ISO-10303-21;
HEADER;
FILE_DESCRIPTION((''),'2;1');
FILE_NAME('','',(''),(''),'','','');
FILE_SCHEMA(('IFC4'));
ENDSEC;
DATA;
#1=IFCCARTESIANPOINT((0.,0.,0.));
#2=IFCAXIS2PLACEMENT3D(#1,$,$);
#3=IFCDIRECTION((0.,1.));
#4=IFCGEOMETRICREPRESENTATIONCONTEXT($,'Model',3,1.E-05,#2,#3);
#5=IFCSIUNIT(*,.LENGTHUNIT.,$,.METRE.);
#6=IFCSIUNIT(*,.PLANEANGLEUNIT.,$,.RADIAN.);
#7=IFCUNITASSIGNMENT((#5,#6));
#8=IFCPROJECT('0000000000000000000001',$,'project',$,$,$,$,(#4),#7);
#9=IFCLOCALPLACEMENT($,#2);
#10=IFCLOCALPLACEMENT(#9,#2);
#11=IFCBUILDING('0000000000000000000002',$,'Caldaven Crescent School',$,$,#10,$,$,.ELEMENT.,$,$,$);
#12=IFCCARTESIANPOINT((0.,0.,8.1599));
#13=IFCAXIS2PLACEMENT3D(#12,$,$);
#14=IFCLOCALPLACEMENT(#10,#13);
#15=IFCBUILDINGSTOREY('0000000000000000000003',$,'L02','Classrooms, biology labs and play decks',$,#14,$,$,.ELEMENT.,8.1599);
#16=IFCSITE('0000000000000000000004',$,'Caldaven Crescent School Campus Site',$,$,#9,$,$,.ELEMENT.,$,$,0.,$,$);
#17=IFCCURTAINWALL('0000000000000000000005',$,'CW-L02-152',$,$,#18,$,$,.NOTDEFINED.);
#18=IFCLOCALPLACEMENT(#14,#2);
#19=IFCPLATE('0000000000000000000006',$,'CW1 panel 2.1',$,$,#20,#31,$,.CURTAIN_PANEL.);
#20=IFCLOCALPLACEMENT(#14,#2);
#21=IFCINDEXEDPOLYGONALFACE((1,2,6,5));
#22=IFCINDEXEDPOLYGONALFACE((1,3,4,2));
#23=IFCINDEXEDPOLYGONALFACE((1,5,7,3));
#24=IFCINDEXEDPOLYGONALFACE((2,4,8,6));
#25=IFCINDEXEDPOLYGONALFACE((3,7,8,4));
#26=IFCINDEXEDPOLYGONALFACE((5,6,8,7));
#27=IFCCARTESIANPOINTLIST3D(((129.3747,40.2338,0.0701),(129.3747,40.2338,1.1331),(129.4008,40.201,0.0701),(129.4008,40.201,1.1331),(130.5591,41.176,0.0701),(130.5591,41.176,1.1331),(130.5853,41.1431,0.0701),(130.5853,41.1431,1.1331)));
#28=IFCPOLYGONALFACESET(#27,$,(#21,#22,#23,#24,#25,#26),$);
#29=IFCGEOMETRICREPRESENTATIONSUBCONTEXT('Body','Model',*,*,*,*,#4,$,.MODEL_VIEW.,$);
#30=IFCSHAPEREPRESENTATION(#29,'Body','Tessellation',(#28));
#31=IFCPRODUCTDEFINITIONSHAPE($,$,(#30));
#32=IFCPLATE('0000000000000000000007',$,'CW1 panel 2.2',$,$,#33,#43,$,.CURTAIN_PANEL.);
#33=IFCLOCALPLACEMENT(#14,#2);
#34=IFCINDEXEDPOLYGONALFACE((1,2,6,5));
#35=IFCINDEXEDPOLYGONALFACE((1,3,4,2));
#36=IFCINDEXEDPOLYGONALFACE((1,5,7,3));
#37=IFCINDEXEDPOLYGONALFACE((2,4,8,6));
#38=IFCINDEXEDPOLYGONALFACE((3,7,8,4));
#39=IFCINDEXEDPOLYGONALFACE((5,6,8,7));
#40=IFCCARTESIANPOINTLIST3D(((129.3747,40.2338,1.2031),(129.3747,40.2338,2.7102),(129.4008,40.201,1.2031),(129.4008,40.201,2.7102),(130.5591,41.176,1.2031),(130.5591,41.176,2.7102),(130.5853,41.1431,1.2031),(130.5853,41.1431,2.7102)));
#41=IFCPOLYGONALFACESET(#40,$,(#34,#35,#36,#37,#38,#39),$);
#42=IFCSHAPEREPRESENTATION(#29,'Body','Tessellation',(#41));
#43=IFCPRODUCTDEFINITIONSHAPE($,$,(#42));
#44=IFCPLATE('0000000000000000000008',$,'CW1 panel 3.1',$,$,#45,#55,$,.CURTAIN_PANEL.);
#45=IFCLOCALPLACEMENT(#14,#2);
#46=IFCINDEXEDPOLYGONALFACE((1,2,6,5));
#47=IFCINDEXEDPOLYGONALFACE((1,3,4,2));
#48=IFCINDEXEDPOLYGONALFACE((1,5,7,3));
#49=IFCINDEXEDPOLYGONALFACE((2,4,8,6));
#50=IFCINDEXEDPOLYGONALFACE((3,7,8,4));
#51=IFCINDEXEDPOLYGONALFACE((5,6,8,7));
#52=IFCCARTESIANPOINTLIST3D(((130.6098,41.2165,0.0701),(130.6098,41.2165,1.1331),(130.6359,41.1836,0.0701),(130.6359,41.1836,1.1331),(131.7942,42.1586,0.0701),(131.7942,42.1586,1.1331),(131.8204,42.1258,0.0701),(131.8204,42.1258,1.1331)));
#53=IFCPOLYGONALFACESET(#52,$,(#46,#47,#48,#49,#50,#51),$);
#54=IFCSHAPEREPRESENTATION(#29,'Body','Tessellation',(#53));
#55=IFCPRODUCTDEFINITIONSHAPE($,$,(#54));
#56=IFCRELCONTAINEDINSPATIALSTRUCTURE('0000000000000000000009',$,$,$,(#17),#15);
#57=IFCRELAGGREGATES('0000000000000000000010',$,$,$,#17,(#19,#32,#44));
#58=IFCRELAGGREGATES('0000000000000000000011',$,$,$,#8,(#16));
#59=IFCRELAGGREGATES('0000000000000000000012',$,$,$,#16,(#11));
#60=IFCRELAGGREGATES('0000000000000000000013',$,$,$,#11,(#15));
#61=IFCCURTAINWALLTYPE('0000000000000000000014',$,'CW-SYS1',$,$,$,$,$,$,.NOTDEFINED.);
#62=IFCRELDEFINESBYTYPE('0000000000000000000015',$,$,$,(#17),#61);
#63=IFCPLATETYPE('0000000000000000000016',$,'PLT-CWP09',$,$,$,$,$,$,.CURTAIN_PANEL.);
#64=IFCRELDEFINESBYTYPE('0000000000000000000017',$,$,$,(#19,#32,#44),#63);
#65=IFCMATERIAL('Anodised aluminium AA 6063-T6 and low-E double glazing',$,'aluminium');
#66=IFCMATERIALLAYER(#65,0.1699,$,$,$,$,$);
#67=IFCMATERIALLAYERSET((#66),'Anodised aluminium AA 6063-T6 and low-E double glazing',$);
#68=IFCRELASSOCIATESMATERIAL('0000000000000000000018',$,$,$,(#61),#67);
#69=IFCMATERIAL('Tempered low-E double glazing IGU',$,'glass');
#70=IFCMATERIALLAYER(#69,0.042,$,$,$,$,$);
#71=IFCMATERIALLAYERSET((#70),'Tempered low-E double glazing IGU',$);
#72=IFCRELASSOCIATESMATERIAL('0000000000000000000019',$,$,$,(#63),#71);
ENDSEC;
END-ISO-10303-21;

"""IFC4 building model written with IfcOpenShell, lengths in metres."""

from ifc_helpers import new_model, si_unit, direction, frame, origin, origin_2d, place, context, subcontext, project, spatial, rectangle, extrude, material, layer, layer_set, type_object, element, aggregate, save


model = new_model("IFC4")

# Units and contexts
model_context = context("Model", 3, precision=1e-05, world=origin(), true_north=direction((0.0, 1.0)))
body_context = subcontext(model_context, "Body", "Model", "MODEL_VIEW")
ifc_project = project(units=[si_unit("LENGTHUNIT", "METRE"), si_unit("PLANEANGLEUNIT", "RADIAN")], contexts=[model_context])

# Site, building, storey
site_placement = place(None, origin())
site = spatial("IfcSite", under=ifc_project, at=site_placement, Name="Caldaven Crescent School Campus Site", CompositionType="ELEMENT", RefElevation=0.0)
building_placement = place(site_placement, origin())
building = spatial("IfcBuilding", under=site, at=building_placement, Name="Caldaven Crescent School", CompositionType="ELEMENT")
storey_placement = place(building_placement, frame((0.0, 0.0, 8.1599)))
storey = spatial("IfcBuildingStorey", under=building, at=storey_placement, Name="L02", Description="Classrooms, biology labs and play decks", CompositionType="ELEMENT", Elevation=8.1599)

# Curtain wall
ifc_material_1 = material(Name="Anodised aluminium AA 6063-T6 and low-E double glazing", Category="aluminium")
ifc_layer_1 = layer(ifc_material_1, 0.1699)
ifc_layer_set_1 = layer_set([ifc_layer_1], Name="Anodised aluminium AA 6063-T6 and low-E double glazing")
curtain_wall_type = type_object("IfcCurtainWallType", Name="CW-SYS1", PredefinedType="NOTDEFINED", material=ifc_layer_set_1)
curtain_wall_placement = place(storey_placement, origin())
curtain_wall = element("IfcCurtainWall", 1, at=curtain_wall_placement, inside=storey, type_object=curtain_wall_type, Name="CW-L02-152", PredefinedType="NOTDEFINED")

# Plates
ifc_material_2 = material(Name="Tempered low-E double glazing IGU", Category="glass")
ifc_layer_2 = layer(ifc_material_2, 0.042)
ifc_layer_set_2 = layer_set([ifc_layer_2], Name="Tempered low-E double glazing IGU")
plate_type_1 = type_object("IfcPlateType", Name="PLT-CWP09", PredefinedType="CURTAIN_PANEL", material=ifc_layer_set_2)
plate_1_placement = place(storey_placement, frame((129.98, 40.6885, 0.0701), z_axis=(0.0, 0.0, 1.0), x_axis=(0.782608, 0.622514, 0.0)))
plate_1 = element("IfcPlate", 2, at=plate_1_placement, type_object=plate_type_1, Name="CW1 panel 2.1", PredefinedType="CURTAIN_PANEL", context=body_context, shape_type="SweptSolid", body=[
    extrude(rectangle(XDim=1.5134, YDim=0.042, at=origin_2d()), origin(), (0.0, 0.0, 1.0), 1.063),
])
plate_2_placement = place(storey_placement, frame((129.98, 40.6885, 1.2031), z_axis=(0.0, 0.0, 1.0), x_axis=(0.782608, 0.622514, 0.0)))
plate_2 = element("IfcPlate", 3, at=plate_2_placement, type_object=plate_type_1, Name="CW1 panel 2.2", PredefinedType="CURTAIN_PANEL", context=body_context, shape_type="SweptSolid", body=[
    extrude(rectangle(XDim=1.5134, YDim=0.042, at=origin_2d()), origin(), (0.0, 0.0, 1.0), 1.5071),
])
plate_3_placement = place(storey_placement, frame((131.2151, 41.6711, 0.0701), z_axis=(0.0, 0.0, 1.0), x_axis=(0.782608, 0.622514, 0.0)))
plate_3 = element("IfcPlate", 4, at=plate_3_placement, type_object=plate_type_1, Name="CW1 panel 3.1", PredefinedType="CURTAIN_PANEL", context=body_context, shape_type="SweptSolid", body=[
    extrude(rectangle(XDim=1.5134, YDim=0.042, at=origin_2d()), origin(), (0.0, 0.0, 1.0), 1.063),
])
aggregate(curtain_wall, [plate_1, plate_2, plate_3])

save(model, "model.ifc")
